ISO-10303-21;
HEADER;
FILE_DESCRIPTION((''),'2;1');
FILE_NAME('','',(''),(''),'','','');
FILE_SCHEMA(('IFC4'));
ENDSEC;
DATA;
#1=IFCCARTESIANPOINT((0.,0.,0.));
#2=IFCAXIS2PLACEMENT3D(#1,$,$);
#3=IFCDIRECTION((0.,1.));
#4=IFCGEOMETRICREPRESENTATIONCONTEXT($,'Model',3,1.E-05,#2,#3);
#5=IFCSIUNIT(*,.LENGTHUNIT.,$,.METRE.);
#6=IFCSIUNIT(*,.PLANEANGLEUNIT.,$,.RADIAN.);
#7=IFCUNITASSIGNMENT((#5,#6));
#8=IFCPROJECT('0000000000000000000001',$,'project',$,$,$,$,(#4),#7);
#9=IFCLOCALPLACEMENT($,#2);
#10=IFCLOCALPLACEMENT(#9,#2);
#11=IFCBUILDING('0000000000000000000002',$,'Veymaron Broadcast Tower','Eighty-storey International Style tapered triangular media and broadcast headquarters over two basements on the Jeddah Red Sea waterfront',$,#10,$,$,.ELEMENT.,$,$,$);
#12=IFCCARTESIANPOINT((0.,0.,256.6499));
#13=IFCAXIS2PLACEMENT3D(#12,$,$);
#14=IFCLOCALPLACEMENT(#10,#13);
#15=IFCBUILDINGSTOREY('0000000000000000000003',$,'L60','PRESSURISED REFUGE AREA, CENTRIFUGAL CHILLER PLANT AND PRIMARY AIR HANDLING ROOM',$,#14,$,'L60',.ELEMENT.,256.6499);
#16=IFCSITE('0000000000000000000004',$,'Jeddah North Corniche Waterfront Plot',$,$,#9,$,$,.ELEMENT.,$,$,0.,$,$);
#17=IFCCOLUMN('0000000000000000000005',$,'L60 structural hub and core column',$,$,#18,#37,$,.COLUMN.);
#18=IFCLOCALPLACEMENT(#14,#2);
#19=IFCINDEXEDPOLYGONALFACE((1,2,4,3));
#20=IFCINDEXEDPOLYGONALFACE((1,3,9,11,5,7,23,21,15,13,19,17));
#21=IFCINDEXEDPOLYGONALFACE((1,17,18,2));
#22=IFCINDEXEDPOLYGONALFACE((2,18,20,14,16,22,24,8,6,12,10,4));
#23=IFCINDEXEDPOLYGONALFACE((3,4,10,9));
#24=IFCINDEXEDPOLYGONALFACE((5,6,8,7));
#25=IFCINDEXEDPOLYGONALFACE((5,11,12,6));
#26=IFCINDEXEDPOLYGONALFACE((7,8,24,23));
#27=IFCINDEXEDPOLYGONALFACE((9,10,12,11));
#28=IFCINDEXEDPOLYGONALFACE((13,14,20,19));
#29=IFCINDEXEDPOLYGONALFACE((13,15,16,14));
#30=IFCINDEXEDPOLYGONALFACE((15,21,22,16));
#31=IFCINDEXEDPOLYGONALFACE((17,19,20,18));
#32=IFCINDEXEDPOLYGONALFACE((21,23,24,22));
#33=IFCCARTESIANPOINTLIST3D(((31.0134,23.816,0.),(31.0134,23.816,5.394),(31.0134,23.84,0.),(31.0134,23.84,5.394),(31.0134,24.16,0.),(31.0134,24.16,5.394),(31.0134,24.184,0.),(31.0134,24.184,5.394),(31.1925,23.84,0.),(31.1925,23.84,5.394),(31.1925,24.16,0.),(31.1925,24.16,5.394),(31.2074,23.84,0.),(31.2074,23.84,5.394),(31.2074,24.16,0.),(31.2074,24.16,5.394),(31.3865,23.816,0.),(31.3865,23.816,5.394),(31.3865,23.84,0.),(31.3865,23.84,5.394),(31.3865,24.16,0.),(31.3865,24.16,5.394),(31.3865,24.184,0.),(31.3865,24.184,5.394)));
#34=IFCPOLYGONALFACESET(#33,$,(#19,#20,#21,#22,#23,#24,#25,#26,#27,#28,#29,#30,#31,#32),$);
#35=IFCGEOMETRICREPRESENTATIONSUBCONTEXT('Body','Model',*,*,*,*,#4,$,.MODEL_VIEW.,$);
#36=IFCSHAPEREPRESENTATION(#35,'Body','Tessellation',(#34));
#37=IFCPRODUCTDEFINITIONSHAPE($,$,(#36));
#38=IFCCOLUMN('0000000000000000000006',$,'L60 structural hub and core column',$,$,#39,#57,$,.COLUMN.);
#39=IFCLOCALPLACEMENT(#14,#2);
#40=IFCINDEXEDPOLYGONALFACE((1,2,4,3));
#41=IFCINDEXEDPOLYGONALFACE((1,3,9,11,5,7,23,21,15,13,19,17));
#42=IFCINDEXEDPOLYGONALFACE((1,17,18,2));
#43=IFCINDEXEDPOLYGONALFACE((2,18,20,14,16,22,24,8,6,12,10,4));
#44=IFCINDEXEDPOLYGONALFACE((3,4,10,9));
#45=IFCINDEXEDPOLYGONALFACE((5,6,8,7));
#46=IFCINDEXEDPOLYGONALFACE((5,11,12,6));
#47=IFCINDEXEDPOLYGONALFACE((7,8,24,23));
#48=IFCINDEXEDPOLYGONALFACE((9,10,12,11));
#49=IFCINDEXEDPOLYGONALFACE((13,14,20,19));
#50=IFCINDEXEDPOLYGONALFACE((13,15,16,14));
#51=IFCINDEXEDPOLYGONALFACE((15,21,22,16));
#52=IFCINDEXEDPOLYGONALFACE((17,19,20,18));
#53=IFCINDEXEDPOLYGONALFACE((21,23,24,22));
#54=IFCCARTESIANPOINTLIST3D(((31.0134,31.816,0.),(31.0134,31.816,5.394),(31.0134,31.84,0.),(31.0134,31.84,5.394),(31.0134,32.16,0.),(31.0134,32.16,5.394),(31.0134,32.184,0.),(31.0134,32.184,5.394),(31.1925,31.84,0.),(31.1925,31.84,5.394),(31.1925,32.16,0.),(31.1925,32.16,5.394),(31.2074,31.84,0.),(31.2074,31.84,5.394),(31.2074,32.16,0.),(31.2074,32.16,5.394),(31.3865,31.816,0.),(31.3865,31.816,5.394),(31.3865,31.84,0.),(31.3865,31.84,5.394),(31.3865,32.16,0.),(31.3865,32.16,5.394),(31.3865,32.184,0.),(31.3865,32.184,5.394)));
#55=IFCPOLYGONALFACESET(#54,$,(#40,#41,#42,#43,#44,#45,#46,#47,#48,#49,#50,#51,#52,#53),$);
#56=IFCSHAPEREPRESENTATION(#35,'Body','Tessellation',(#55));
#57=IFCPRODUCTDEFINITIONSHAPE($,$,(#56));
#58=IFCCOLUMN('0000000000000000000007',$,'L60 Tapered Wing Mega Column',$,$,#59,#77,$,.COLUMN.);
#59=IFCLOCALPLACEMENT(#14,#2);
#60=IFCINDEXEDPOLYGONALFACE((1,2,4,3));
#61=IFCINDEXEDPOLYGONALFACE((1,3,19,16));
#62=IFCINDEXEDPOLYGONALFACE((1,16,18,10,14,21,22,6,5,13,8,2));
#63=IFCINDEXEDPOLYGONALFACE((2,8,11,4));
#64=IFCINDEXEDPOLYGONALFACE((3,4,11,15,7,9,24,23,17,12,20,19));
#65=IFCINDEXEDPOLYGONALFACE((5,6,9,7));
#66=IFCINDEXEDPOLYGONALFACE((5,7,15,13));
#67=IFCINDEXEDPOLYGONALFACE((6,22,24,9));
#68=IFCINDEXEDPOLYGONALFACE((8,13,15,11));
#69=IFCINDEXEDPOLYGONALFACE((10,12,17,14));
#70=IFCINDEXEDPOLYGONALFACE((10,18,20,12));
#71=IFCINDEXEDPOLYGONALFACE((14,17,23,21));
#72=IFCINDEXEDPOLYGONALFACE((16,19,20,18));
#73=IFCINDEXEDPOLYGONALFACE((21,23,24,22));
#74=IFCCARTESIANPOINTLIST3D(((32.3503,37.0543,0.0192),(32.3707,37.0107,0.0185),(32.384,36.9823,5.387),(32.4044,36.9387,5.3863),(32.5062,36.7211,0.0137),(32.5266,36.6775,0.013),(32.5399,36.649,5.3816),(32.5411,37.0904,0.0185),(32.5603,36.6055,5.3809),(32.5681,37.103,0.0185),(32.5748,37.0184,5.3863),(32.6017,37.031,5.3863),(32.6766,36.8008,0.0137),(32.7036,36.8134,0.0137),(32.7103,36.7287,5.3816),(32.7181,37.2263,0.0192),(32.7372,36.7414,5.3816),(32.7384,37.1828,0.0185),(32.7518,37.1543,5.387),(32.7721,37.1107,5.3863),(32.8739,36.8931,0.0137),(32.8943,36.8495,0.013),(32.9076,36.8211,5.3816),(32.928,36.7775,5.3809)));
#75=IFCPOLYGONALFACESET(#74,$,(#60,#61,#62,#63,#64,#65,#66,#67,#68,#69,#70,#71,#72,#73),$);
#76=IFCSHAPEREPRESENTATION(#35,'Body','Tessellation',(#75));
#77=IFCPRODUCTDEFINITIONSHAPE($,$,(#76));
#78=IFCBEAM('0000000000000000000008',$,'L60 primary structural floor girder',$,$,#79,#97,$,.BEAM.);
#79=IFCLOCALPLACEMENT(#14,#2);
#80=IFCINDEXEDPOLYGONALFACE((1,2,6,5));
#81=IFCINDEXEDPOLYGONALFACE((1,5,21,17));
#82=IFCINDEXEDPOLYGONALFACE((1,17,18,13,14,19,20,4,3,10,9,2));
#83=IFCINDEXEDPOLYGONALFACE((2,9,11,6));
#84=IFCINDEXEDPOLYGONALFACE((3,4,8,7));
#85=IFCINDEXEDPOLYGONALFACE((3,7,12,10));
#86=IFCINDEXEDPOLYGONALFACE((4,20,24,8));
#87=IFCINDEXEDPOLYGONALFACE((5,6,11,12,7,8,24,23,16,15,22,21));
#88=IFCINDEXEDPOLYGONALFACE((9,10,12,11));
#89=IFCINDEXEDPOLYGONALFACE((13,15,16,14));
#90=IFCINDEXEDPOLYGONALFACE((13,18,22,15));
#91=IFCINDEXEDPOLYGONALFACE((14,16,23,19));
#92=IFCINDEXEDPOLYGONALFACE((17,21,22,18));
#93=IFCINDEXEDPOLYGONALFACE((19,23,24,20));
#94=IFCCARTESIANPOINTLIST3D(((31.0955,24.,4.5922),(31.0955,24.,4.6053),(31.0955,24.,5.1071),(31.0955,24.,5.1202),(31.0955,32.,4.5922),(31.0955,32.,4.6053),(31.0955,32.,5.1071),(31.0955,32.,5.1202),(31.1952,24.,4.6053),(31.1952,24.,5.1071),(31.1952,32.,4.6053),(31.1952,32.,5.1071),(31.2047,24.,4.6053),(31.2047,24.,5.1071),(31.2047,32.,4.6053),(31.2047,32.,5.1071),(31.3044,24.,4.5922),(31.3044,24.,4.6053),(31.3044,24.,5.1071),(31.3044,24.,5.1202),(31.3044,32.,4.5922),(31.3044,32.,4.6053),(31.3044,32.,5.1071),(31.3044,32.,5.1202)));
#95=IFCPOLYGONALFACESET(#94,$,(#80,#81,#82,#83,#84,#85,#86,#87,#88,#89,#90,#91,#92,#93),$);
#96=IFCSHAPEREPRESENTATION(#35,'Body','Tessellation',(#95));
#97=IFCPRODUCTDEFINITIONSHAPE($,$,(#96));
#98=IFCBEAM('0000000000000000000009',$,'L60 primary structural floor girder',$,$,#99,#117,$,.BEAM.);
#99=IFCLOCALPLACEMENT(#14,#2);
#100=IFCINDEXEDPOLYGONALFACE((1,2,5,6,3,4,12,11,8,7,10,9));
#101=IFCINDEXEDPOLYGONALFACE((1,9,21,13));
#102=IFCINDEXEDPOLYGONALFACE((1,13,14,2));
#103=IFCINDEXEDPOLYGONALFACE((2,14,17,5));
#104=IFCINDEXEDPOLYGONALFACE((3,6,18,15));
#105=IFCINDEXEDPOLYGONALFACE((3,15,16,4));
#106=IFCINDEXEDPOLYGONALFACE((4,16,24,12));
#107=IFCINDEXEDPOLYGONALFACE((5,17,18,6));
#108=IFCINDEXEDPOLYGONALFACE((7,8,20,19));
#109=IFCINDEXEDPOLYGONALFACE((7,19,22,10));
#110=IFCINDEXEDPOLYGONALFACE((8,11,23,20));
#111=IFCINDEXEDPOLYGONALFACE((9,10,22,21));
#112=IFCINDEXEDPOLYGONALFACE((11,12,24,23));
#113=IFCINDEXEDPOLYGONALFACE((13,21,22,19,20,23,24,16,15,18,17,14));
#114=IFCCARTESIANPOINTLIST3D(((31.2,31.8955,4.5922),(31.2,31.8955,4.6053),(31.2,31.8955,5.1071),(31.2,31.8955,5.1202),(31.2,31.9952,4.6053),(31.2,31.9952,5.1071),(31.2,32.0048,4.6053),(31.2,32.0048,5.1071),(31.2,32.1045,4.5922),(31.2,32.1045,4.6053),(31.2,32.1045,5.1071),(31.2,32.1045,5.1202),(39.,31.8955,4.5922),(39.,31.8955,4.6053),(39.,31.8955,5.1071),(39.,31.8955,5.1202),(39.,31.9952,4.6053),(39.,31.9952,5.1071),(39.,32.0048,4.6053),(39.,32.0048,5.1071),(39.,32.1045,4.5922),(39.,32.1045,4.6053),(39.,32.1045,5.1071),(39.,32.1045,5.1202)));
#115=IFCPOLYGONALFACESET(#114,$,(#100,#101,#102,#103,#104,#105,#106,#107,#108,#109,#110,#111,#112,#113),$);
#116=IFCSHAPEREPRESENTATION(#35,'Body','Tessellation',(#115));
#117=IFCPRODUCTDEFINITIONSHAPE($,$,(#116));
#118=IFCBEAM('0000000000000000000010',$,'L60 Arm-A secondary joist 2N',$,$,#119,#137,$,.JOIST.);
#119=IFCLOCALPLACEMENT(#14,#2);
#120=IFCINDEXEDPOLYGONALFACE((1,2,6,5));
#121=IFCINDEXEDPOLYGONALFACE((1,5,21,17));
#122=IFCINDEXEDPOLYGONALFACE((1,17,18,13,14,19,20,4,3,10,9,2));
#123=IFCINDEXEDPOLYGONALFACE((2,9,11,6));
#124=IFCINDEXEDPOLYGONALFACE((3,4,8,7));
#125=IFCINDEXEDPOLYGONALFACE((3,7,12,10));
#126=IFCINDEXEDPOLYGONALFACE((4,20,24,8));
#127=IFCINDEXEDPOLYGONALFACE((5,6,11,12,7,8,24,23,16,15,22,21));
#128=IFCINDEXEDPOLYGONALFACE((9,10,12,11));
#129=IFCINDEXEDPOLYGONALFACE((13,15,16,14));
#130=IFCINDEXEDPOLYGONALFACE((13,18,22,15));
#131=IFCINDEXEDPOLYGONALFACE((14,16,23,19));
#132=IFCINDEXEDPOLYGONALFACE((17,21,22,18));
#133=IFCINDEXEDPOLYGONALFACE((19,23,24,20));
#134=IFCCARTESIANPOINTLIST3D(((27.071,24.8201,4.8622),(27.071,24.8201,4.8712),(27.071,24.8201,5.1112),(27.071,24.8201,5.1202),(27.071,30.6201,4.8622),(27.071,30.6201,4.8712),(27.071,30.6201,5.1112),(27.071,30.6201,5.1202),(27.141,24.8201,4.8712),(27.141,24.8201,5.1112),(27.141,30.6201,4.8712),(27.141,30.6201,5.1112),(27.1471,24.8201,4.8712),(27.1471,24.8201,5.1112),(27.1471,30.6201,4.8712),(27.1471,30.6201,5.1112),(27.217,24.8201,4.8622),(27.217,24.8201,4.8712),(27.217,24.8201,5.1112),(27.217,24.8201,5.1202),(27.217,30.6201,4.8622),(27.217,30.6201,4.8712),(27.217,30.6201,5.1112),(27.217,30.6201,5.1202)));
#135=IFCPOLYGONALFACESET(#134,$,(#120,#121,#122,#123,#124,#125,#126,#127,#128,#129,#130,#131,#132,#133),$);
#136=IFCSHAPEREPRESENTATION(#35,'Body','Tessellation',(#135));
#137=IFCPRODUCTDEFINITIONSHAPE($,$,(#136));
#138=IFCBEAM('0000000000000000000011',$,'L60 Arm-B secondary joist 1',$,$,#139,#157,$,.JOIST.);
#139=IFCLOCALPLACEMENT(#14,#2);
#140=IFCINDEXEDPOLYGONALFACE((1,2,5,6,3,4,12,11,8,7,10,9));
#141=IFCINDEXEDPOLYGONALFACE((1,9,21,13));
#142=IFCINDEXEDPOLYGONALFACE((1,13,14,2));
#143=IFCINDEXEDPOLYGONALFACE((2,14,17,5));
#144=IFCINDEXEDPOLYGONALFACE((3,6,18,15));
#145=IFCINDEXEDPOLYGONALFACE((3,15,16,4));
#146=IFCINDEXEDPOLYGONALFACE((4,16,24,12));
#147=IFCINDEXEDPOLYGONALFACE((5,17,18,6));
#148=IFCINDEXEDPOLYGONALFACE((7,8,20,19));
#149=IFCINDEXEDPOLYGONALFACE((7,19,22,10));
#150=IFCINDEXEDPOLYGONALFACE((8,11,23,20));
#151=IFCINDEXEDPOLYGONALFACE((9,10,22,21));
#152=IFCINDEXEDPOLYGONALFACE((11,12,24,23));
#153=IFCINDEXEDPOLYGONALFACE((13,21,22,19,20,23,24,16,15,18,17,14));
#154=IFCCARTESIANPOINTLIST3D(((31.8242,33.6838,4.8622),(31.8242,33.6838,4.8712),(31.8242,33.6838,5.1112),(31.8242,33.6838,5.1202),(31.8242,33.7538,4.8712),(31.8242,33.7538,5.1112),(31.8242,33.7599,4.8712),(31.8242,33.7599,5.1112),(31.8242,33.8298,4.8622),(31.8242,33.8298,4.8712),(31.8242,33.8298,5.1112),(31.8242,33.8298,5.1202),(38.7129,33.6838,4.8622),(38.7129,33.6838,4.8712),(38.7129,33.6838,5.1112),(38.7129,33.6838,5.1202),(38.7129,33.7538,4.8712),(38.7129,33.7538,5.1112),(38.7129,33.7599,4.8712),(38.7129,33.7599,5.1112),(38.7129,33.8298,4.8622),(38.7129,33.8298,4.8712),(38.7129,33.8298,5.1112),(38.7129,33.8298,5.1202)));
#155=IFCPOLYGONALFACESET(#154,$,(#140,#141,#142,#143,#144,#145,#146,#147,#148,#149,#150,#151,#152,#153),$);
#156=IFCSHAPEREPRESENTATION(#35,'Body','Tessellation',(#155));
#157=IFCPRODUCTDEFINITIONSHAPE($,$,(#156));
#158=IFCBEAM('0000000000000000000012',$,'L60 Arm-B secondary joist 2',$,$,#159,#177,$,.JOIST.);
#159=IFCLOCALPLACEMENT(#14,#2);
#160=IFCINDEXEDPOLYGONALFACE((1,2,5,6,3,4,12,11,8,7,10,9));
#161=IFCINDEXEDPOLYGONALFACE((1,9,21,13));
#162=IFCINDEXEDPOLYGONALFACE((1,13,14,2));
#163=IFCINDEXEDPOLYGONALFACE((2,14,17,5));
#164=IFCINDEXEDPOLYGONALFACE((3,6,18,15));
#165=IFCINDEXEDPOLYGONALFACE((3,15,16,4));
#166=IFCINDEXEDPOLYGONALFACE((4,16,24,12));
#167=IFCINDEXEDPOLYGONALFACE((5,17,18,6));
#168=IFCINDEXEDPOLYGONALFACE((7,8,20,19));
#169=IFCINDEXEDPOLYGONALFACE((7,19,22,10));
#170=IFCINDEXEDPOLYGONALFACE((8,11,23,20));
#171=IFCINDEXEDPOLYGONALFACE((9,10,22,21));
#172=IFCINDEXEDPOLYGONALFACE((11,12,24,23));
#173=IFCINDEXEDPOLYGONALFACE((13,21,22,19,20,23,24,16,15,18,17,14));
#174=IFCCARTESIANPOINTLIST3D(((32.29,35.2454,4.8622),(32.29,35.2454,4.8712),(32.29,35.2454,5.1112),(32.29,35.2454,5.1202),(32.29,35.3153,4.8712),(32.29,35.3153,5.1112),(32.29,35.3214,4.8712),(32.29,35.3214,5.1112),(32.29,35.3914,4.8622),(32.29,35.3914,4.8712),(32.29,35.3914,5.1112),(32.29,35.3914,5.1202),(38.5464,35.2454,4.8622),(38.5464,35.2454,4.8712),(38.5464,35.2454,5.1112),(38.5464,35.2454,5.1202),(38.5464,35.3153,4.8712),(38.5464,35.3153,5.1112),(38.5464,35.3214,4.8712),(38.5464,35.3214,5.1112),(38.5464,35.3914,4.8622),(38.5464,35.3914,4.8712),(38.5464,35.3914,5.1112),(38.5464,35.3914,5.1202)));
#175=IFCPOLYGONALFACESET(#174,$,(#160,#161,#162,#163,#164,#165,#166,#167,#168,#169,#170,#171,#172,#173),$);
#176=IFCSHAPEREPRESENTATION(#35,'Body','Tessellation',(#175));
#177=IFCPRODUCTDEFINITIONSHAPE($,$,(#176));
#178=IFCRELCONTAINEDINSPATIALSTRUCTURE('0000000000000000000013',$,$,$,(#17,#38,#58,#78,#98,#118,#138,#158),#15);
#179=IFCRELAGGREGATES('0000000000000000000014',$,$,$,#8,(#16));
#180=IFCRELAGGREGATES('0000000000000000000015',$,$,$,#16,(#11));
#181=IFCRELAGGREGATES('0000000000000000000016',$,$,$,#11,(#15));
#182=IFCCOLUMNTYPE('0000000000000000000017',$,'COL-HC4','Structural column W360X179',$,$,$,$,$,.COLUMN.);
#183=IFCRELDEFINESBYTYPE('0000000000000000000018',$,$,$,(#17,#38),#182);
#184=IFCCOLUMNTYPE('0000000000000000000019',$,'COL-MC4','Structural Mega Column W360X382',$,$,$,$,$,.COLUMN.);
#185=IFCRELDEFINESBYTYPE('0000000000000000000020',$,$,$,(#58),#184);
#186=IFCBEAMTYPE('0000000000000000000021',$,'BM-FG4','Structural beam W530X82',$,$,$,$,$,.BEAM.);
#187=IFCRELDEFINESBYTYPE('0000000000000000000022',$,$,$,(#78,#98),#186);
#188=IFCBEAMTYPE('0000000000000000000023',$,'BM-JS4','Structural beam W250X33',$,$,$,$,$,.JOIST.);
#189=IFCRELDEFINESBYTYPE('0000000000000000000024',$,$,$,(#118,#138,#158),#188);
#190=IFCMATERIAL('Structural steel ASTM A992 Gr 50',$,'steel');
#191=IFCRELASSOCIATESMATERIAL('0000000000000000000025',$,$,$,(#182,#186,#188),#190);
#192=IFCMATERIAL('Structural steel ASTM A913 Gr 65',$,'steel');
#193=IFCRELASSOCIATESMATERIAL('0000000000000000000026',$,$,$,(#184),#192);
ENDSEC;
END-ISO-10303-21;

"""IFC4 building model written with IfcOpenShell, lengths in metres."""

from ifc_helpers import new_model, si_unit, direction, frame, origin, origin_2d, place, context, subcontext, project, spatial, i_section, extrude, material, material_profile, profile_set, type_object, element, save


model = new_model("IFC4")

# Units and contexts
model_context = context("Model", 3, precision=1e-05, world=origin(), true_north=direction((0.0, 1.0)))
body_context = subcontext(model_context, "Body", "Model", "MODEL_VIEW")
ifc_project = project(units=[si_unit("LENGTHUNIT", "METRE"), si_unit("PLANEANGLEUNIT", "RADIAN")], contexts=[model_context])

# Site, building, storey
site_placement = place(None, origin())
site = spatial("IfcSite", under=ifc_project, at=site_placement, Name="Jeddah North Corniche Waterfront Plot", CompositionType="ELEMENT", RefElevation=0.0)
building_placement = place(site_placement, origin())
building = spatial("IfcBuilding", under=site, at=building_placement, Name="Veymaron Broadcast Tower", Description="Eighty-storey International Style tapered triangular media and broadcast headquarters over two basements on the Jeddah Red Sea waterfront", CompositionType="ELEMENT")
storey_placement = place(building_placement, frame((0.0, 0.0, 256.6499)))
storey = spatial("IfcBuildingStorey", under=building, at=storey_placement, Name="L60", Description="PRESSURISED REFUGE AREA, CENTRIFUGAL CHILLER PLANT AND PRIMARY AIR HANDLING ROOM", LongName="L60", CompositionType="ELEMENT", Elevation=256.6499)

# Columns
ifc_material_1 = material(Name="Structural steel ASTM A992 Gr 50", Category="steel")
ifc_material_profile_1 = material_profile(ifc_material_1, i_section(OverallWidth=0.373, OverallDepth=0.3679, WebThickness=0.0149, FlangeThickness=0.0239, at=origin_2d()), Name="W360X179")
ifc_profile_set_1 = profile_set([ifc_material_profile_1], Name="Structural steel ASTM A992 Gr 50")
column_type_1 = type_object("IfcColumnType", Name="COL-HC4", Description="Structural column W360X179", PredefinedType="COLUMN", material=ifc_profile_set_1)
for number, where, z_axis, x_axis, name in (
    (1, (31.2, 24.0, 0.0), (0.0, 0.0, 1.0), (1.0, 0.0, 0.0), "L60 structural hub and core column"),
    (2, (31.2, 32.0, 0.0), (0.0, 0.0, 1.0), (1.0, 0.0, 0.0), "L60 structural hub and core column"),
):
    element("IfcColumn", number, at=place(storey_placement, frame(where, z_axis=z_axis, x_axis=x_axis)), inside=storey, type_object=column_type_1, Name=name, PredefinedType="COLUMN", context=body_context, shape_type="SweptSolid", body=[
        extrude(i_section(OverallWidth=0.373, OverallDepth=0.3679, WebThickness=0.0149, FlangeThickness=0.0239, at=origin_2d()), origin(), (0.0, 0.0, 1.0), 5.394),
    ])
ifc_material_2 = material(Name="Structural steel ASTM A913 Gr 65", Category="steel")
ifc_material_profile_2 = material_profile(ifc_material_2, i_section(OverallWidth=0.406, OverallDepth=0.416, WebThickness=0.0298, FlangeThickness=0.0481, at=origin_2d()), Name="W360X382")
ifc_profile_set_2 = profile_set([ifc_material_profile_2], Name="Structural steel ASTM A913 Gr 65")
column_type_2 = type_object("IfcColumnType", Name="COL-MC4", Description="Structural Mega Column W360X382", PredefinedType="COLUMN", material=ifc_profile_set_2)
column_placement = place(storey_placement, frame((32.6223, 36.9519, 0.0161), z_axis=(0.006276, -0.013416, 0.99989), x_axis=(0.905791, 0.423726, 0.0)))
element("IfcColumn", 3, at=column_placement, inside=storey, type_object=column_type_2, Name="L60 Tapered Wing Mega Column", PredefinedType="COLUMN", context=body_context, shape_type="SweptSolid", body=[
    extrude(i_section(OverallWidth=0.406, OverallDepth=0.416, WebThickness=0.0298, FlangeThickness=0.0481, at=origin_2d()), origin(), (0.0, 0.0, 1.0), 5.3684),
])

# Beams
ifc_material_profile_3 = material_profile(ifc_material_1, i_section(OverallWidth=0.209, OverallDepth=0.5281, WebThickness=0.0095, FlangeThickness=0.0132, at=origin_2d()), Name="W530X82")
ifc_profile_set_3 = profile_set([ifc_material_profile_3], Name="Structural steel ASTM A992 Gr 50")
beam_type_1 = type_object("IfcBeamType", Name="BM-FG4", Description="Structural beam W530X82", PredefinedType="BEAM", material=ifc_profile_set_3)
beam_1_placement = place(storey_placement, frame((31.2, 24.0, 4.8562), z_axis=(0.0, 1.0, 0.0), x_axis=(-1.0, 0.0, 0.0)))
element("IfcBeam", 4, at=beam_1_placement, inside=storey, type_object=beam_type_1, Name="L60 primary structural floor girder", PredefinedType="BEAM", context=body_context, shape_type="SweptSolid", body=[
    extrude(i_section(OverallWidth=0.209, OverallDepth=0.5281, WebThickness=0.0095, FlangeThickness=0.0132, at=origin_2d()), origin(), (0.0, 0.0, 1.0), 8.0),
])
beam_2_placement = place(storey_placement, frame((31.2, 32.0, 4.8562), z_axis=(1.0, 0.0, 0.0), x_axis=(0.0, 1.0, 0.0)))
element("IfcBeam", 5, at=beam_2_placement, inside=storey, type_object=beam_type_1, Name="L60 primary structural floor girder", PredefinedType="BEAM", context=body_context, shape_type="SweptSolid", body=[
    extrude(i_section(OverallWidth=0.209, OverallDepth=0.5281, WebThickness=0.0095, FlangeThickness=0.0132, at=origin_2d()), origin(), (0.0, 0.0, 1.0), 7.8),
])
ifc_material_profile_4 = material_profile(ifc_material_1, i_section(OverallWidth=0.146, OverallDepth=0.2581, WebThickness=0.0061, FlangeThickness=0.009, at=origin_2d()), Name="W250X33")
ifc_profile_set_4 = profile_set([ifc_material_profile_4], Name="Structural steel ASTM A992 Gr 50")
beam_type_2 = type_object("IfcBeamType", Name="BM-JS4", Description="Structural beam W250X33", PredefinedType="JOIST", material=ifc_profile_set_4)
beam_3_placement = place(storey_placement, frame((27.144, 24.8201, 4.9912), z_axis=(0.0, 1.0, 0.0), x_axis=(-1.0, 0.0, 0.0)))
element("IfcBeam", 6, at=beam_3_placement, inside=storey, type_object=beam_type_2, Name="L60 Arm-A secondary joist 2N", PredefinedType="JOIST", context=body_context, shape_type="SweptSolid", body=[
    extrude(i_section(OverallWidth=0.146, OverallDepth=0.2581, WebThickness=0.0061, FlangeThickness=0.009, at=origin_2d()), origin(), (0.0, 0.0, 1.0), 5.8),
])
beam_4_placement = place(storey_placement, frame((31.8242, 33.7568, 4.9912), z_axis=(1.0, 0.0, 0.0), x_axis=(0.0, 1.0, 0.0)))
element("IfcBeam", 7, at=beam_4_placement, inside=storey, type_object=beam_type_2, Name="L60 Arm-B secondary joist 1", PredefinedType="JOIST", context=body_context, shape_type="SweptSolid", body=[
    extrude(i_section(OverallWidth=0.146, OverallDepth=0.2581, WebThickness=0.0061, FlangeThickness=0.009, at=origin_2d()), origin(), (0.0, 0.0, 1.0), 6.8887),
])
beam_5_placement = place(storey_placement, frame((32.29, 35.3184, 4.9912), z_axis=(1.0, 0.0, 0.0), x_axis=(0.0, 1.0, 0.0)))
element("IfcBeam", 8, at=beam_5_placement, inside=storey, type_object=beam_type_2, Name="L60 Arm-B secondary joist 2", PredefinedType="JOIST", context=body_context, shape_type="SweptSolid", body=[
    extrude(i_section(OverallWidth=0.146, OverallDepth=0.2581, WebThickness=0.0061, FlangeThickness=0.009, at=origin_2d()), origin(), (0.0, 0.0, 1.0), 6.2563),
])

save(model, "model.ifc")
